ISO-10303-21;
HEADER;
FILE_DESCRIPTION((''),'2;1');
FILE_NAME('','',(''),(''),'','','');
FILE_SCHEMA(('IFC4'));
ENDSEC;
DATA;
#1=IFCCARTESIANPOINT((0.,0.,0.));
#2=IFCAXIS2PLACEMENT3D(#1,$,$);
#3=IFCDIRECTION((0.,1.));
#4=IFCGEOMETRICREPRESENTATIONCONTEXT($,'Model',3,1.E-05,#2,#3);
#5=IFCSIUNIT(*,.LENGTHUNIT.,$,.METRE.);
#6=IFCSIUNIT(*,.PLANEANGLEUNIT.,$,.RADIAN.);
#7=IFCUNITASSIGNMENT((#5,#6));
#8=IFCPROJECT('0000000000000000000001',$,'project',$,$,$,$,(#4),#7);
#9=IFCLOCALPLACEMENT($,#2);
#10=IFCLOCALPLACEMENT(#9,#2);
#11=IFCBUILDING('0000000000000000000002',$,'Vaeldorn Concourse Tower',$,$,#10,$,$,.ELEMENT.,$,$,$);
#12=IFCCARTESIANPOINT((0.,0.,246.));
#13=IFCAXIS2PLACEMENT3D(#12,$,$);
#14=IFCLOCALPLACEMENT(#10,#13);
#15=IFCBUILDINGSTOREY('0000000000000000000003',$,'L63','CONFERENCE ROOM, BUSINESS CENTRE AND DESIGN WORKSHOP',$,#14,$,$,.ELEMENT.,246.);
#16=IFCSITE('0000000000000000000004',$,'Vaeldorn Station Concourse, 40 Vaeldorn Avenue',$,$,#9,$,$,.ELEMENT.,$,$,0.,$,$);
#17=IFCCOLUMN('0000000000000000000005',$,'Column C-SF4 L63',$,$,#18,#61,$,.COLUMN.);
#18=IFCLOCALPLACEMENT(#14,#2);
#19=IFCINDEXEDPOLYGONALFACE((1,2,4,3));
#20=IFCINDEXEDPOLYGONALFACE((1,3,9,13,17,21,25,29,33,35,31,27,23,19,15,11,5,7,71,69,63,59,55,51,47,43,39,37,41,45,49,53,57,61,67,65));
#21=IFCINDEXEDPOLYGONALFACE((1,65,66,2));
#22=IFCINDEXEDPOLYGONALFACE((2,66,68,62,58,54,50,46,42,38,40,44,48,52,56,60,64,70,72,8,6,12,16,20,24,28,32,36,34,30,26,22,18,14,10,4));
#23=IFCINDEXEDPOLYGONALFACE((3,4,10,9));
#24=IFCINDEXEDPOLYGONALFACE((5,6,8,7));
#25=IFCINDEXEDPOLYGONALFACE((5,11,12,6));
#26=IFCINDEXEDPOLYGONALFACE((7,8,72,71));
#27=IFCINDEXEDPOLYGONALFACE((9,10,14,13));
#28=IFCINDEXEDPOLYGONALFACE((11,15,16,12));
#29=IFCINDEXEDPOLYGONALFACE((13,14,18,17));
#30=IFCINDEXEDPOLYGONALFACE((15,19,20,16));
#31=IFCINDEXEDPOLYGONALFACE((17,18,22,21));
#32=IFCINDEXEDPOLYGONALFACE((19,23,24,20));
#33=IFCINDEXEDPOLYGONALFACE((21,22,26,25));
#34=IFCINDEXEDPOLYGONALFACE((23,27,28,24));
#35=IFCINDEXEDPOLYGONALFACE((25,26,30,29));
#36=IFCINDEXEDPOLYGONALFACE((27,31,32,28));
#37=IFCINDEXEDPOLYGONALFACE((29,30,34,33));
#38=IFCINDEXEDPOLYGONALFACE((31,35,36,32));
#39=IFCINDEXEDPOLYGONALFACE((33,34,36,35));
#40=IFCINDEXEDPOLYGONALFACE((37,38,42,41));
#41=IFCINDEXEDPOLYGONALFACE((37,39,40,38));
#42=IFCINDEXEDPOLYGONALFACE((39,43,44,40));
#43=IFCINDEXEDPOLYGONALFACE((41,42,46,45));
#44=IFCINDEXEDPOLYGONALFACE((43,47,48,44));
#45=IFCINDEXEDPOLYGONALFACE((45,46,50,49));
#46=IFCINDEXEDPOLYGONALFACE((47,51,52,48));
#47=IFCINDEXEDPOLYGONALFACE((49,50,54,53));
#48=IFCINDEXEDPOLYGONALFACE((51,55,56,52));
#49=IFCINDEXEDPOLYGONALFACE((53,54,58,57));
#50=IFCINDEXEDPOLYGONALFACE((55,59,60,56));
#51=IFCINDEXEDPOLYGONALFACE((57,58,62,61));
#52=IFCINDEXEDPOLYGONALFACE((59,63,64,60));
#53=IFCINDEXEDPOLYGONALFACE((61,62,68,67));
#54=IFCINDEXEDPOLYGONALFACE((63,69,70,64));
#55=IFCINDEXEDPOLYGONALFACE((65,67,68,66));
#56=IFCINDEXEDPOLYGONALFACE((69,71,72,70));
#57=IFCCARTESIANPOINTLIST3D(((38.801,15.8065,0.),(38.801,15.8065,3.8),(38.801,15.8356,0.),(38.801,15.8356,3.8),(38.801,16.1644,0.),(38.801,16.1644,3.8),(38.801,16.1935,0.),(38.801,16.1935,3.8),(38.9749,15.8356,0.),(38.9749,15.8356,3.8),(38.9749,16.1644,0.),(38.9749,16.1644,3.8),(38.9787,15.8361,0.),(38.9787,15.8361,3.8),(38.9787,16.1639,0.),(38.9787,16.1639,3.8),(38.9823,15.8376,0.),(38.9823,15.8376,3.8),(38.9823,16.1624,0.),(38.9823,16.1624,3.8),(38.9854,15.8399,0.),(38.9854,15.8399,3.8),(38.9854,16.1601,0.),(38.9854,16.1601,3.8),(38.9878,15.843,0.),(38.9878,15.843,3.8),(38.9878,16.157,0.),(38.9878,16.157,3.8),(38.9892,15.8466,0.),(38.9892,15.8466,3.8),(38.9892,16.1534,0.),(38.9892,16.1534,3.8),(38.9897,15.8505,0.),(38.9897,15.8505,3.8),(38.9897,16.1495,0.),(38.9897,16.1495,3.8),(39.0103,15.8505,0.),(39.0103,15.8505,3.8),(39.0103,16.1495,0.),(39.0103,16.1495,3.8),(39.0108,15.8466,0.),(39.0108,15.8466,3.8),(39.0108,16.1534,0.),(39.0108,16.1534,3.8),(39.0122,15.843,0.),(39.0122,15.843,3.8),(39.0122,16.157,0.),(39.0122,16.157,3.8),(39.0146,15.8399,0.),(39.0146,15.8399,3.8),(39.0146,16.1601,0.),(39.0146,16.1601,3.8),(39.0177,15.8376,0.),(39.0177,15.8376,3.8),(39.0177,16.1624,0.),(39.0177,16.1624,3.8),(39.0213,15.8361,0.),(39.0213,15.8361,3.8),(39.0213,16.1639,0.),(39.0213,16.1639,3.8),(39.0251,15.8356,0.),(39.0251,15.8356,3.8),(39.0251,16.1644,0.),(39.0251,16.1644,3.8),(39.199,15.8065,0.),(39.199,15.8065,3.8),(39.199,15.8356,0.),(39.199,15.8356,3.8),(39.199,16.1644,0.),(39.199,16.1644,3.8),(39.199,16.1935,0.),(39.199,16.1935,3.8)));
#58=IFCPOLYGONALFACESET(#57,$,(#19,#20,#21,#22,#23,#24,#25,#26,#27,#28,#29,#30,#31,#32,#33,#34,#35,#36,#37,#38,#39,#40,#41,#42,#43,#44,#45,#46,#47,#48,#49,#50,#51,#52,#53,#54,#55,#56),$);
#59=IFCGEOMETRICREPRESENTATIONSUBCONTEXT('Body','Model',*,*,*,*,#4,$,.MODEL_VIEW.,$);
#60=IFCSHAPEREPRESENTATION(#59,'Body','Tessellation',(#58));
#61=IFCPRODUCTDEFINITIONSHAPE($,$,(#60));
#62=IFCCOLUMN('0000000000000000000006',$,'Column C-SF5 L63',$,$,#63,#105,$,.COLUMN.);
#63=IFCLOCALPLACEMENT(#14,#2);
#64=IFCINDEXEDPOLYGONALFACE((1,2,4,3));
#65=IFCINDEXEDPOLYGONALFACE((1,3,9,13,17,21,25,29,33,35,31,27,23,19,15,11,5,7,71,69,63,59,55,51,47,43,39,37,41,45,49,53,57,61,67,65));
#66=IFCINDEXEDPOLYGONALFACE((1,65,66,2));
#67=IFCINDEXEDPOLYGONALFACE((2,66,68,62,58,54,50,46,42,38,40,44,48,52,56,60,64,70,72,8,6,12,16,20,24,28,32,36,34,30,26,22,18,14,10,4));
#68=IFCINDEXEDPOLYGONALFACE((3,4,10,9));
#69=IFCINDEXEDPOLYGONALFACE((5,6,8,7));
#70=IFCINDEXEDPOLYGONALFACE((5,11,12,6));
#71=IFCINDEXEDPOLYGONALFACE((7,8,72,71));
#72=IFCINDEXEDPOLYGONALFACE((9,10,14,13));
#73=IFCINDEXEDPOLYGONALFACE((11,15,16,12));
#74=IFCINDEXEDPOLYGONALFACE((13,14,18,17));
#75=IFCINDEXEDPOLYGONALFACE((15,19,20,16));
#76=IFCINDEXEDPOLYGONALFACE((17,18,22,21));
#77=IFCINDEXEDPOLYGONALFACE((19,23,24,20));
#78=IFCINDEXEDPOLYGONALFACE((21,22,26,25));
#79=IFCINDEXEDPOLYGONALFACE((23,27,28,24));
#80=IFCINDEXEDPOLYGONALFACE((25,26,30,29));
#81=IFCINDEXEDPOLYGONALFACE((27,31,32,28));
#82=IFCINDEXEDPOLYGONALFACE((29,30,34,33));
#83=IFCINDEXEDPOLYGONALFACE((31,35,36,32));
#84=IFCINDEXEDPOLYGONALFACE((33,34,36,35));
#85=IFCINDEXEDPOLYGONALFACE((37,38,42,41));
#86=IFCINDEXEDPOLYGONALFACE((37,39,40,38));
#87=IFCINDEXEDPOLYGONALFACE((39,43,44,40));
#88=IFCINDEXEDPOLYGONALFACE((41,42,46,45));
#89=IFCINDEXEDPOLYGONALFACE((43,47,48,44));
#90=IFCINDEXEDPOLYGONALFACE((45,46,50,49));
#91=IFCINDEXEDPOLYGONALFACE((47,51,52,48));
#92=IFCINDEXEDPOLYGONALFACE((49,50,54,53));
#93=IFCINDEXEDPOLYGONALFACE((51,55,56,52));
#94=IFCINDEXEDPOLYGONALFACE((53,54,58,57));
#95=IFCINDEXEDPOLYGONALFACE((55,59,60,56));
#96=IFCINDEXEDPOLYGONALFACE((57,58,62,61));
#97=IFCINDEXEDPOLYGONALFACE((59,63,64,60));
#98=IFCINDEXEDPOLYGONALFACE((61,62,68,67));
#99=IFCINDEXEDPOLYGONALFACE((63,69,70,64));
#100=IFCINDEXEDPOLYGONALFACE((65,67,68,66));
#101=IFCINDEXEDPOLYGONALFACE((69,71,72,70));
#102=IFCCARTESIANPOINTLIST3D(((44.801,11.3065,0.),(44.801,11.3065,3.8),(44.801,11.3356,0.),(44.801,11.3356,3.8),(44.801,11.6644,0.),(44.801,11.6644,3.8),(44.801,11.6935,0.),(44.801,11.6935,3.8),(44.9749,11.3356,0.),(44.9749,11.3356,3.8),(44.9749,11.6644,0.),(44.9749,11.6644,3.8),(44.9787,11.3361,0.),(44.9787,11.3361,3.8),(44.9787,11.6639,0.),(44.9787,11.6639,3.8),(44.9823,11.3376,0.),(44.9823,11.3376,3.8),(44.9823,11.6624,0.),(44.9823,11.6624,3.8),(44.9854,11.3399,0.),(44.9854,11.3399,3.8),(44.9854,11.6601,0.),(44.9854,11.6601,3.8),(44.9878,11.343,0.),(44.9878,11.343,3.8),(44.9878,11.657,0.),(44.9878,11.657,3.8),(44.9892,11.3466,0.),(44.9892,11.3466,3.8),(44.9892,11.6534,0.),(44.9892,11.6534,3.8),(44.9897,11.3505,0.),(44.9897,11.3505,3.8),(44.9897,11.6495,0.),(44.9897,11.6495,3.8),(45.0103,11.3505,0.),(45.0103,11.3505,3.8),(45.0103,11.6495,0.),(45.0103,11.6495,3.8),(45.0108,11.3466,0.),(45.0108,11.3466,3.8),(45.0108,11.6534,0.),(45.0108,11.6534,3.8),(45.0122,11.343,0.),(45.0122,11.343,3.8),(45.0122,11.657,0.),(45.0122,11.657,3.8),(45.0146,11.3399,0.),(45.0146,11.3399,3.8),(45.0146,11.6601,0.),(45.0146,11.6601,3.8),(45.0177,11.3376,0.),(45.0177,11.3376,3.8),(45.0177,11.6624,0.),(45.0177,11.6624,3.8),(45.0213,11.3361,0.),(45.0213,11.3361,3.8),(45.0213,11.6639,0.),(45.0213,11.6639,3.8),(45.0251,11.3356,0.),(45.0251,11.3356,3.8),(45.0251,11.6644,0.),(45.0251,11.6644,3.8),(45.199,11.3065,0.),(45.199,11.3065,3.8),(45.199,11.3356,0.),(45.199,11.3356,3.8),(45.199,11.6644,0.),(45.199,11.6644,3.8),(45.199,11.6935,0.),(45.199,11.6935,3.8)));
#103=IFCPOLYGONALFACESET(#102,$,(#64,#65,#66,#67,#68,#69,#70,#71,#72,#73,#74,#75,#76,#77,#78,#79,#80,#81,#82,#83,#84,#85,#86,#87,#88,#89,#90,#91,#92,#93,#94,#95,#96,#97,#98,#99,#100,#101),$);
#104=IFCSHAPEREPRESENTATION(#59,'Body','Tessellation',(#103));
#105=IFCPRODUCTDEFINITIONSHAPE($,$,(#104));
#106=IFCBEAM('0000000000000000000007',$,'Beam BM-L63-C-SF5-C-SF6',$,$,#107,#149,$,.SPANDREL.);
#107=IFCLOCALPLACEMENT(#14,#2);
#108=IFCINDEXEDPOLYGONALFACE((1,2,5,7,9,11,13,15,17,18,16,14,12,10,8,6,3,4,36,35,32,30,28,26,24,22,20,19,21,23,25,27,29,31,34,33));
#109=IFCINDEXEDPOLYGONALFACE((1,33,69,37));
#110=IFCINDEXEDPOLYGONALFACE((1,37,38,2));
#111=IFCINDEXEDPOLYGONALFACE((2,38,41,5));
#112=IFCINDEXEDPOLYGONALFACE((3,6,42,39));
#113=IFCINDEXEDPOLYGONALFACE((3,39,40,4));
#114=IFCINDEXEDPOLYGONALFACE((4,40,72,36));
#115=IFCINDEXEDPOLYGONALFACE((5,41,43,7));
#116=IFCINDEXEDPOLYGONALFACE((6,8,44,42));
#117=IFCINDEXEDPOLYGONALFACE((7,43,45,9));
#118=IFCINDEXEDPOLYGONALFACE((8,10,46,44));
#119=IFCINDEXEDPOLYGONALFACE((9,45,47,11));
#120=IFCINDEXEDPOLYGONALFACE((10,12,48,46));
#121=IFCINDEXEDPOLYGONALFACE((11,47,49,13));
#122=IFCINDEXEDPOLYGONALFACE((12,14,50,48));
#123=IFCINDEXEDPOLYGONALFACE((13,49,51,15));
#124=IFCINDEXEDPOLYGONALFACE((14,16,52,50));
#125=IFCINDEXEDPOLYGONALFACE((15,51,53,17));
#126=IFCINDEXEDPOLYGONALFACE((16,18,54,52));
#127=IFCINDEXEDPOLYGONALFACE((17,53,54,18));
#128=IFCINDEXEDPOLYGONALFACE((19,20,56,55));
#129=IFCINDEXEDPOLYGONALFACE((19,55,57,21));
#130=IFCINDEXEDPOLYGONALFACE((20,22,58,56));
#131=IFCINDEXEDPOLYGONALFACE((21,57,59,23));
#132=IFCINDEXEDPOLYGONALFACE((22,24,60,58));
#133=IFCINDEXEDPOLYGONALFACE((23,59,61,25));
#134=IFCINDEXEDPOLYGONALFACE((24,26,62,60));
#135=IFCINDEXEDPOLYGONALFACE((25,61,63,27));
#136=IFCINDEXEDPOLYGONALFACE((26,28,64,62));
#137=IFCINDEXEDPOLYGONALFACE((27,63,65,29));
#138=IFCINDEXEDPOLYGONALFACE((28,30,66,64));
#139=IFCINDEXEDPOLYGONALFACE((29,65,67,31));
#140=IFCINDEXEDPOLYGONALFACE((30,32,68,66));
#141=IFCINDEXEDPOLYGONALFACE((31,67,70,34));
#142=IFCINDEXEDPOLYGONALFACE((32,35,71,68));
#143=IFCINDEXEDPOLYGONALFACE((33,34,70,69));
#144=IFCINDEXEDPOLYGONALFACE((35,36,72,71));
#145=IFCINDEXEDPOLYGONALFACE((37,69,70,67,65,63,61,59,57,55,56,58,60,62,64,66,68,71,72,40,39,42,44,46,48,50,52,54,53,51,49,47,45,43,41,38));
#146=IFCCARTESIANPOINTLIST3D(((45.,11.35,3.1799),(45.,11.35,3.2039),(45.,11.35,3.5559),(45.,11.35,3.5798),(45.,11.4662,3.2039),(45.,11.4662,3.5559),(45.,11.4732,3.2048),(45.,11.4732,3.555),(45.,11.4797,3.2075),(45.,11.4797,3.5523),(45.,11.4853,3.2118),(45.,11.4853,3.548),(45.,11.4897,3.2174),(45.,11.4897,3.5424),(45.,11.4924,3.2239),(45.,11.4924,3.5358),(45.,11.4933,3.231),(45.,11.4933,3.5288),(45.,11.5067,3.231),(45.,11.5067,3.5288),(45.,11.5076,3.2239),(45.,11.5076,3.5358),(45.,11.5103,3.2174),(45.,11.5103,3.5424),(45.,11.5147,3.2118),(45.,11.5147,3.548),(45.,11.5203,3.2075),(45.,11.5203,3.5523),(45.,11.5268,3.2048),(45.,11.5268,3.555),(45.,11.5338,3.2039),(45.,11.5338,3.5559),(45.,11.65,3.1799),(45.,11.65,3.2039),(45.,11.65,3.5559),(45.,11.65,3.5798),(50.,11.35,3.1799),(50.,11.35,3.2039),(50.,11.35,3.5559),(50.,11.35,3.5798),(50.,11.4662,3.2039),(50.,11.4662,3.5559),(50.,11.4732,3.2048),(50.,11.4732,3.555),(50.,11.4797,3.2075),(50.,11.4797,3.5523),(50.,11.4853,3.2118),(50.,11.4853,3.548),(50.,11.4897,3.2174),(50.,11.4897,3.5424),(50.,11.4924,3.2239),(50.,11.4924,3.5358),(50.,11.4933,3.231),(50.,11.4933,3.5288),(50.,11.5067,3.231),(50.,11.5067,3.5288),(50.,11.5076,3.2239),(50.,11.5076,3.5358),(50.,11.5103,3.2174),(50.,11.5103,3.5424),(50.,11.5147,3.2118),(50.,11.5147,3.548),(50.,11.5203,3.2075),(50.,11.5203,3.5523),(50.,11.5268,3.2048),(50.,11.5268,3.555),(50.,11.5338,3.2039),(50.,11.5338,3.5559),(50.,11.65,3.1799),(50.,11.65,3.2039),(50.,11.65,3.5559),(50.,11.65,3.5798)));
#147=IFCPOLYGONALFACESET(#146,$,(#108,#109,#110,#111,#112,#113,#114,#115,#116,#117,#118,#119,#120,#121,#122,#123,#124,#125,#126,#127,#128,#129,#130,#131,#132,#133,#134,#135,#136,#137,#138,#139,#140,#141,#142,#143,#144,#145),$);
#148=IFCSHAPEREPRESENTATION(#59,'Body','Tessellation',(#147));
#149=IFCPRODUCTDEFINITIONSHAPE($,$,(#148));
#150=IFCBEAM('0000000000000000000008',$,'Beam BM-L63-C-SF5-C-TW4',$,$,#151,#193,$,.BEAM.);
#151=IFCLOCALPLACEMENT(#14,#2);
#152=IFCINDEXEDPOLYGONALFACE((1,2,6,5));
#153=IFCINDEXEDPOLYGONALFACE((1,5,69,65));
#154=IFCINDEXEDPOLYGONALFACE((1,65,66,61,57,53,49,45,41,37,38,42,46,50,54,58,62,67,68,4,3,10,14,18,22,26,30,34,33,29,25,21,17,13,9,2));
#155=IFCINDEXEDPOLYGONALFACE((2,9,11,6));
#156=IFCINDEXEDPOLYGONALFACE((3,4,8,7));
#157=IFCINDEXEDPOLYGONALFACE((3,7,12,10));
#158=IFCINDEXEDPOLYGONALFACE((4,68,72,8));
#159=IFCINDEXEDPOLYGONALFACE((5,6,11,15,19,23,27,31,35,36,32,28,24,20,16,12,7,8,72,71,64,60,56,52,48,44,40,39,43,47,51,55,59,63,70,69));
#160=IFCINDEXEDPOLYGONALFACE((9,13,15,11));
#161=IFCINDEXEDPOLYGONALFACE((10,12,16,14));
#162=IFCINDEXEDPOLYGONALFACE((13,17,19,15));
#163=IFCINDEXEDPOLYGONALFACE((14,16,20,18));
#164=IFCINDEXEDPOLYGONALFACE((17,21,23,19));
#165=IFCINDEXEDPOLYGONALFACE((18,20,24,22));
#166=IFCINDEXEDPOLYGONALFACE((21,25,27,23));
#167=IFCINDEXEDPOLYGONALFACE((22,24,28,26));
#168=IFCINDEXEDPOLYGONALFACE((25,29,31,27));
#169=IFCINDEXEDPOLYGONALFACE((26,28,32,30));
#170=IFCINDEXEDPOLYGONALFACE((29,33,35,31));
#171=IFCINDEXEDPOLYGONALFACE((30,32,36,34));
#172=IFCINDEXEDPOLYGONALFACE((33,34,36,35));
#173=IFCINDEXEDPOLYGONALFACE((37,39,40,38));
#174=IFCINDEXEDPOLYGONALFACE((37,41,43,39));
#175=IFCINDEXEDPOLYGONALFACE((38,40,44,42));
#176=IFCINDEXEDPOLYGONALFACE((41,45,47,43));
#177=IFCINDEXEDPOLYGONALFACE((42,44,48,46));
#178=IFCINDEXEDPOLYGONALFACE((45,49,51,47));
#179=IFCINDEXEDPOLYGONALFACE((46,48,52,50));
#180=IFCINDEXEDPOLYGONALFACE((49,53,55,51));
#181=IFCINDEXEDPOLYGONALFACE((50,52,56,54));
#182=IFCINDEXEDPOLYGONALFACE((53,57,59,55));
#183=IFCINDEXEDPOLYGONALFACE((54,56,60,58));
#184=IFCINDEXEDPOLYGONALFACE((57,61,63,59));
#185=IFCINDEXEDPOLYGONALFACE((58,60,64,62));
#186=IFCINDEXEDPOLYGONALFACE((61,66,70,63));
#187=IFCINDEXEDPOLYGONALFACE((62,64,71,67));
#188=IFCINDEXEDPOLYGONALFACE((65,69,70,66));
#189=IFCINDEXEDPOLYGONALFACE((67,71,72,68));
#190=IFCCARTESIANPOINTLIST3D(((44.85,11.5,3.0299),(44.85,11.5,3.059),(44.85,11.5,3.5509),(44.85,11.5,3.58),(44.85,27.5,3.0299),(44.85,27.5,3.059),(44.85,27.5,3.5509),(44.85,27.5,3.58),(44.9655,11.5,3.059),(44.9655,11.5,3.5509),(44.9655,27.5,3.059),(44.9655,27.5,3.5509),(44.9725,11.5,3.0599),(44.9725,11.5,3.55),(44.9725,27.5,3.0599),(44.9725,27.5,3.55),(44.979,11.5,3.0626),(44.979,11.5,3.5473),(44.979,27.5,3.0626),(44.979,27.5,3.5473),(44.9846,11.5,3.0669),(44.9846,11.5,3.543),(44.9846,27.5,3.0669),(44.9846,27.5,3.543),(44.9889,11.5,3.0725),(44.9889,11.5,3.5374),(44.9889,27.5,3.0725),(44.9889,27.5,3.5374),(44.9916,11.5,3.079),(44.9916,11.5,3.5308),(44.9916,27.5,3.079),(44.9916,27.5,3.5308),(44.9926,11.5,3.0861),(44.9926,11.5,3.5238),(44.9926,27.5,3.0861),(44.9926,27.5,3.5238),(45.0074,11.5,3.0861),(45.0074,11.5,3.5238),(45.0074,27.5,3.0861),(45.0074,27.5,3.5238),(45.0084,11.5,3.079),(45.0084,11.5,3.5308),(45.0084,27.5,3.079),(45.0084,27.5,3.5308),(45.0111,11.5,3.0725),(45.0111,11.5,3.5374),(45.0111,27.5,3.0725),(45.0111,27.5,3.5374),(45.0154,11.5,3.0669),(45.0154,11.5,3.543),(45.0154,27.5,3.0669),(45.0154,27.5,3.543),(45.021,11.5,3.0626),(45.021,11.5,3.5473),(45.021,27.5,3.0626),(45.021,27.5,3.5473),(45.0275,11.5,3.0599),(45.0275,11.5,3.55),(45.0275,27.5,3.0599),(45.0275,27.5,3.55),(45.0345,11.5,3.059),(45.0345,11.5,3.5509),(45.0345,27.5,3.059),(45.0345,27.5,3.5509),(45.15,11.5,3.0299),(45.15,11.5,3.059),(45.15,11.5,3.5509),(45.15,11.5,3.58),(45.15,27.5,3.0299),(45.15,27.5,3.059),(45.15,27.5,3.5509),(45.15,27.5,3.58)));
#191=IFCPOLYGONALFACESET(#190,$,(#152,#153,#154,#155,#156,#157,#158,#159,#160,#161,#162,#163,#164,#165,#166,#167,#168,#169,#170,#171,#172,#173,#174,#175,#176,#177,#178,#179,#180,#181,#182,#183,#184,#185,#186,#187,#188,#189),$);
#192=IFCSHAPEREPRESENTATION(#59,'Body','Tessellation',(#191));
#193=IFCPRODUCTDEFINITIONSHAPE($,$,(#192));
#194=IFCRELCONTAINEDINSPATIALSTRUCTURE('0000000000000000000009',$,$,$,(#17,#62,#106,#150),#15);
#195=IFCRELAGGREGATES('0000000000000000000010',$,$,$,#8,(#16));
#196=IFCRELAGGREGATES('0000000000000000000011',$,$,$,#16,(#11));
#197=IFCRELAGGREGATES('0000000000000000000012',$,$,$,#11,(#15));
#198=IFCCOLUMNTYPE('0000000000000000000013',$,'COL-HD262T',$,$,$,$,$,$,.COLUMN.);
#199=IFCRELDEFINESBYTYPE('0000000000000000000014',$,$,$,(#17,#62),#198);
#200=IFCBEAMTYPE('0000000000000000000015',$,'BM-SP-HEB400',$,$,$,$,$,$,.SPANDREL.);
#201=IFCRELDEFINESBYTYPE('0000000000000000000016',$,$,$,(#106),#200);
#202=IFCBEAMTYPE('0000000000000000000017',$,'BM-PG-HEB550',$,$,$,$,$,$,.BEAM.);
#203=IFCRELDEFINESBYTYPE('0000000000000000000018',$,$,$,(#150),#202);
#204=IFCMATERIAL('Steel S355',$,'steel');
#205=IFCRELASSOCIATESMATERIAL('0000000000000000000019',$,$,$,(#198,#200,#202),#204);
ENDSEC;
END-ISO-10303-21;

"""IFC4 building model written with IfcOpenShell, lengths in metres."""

from ifc_helpers import new_model, si_unit, direction, frame, origin, origin_2d, place, context, subcontext, project, spatial, i_section, extrude, source, transform, mapped, material, material_profile, profile_set, type_object, element, save


model = new_model("IFC4")

# Units and contexts
model_context = context("Model", 3, precision=1e-05, world=origin(), true_north=direction((0.0, 1.0)))
body_context = subcontext(model_context, "Body", "Model", "MODEL_VIEW")
ifc_project = project(units=[si_unit("LENGTHUNIT", "METRE"), si_unit("PLANEANGLEUNIT", "RADIAN")], contexts=[model_context])

# Site, building, storey
site_placement = place(None, origin())
site = spatial("IfcSite", under=ifc_project, at=site_placement, Name="Vaeldorn Station Concourse, 40 Vaeldorn Avenue", CompositionType="ELEMENT", RefElevation=0.0)
building_placement = place(site_placement, origin())
building = spatial("IfcBuilding", under=site, at=building_placement, Name="Vaeldorn Concourse Tower", CompositionType="ELEMENT")
storey_placement = place(building_placement, frame((0.0, 0.0, 246.0)))
storey = spatial("IfcBuildingStorey", under=building, at=storey_placement, Name="L63", Description="CONFERENCE ROOM, BUSINESS CENTRE AND DESIGN WORKSHOP", CompositionType="ELEMENT", Elevation=246.0)

# Columns
ifc_material_1 = material(Name="Steel S355", Category="steel")
ifc_material_profile_1 = material_profile(ifc_material_1, i_section(OverallWidth=0.3979, OverallDepth=0.387, WebThickness=0.0205, FlangeThickness=0.0291, FilletRadius=0.0149, at=origin_2d()), Name="HD 400x262")
ifc_profile_set_1 = profile_set([ifc_material_profile_1], Name="Steel S355")
column_type = type_object("IfcColumnType", Name="COL-HD262T", PredefinedType="COLUMN", material=ifc_profile_set_1)
shared_shape_1 = source(origin(), body_context, "Body", "SweptSolid", [
    extrude(i_section(OverallWidth=0.3979, OverallDepth=0.387, WebThickness=0.0205, FlangeThickness=0.0291, FilletRadius=0.0149, at=origin_2d()), origin(), (0.0, 0.0, 1.0), 3.8),
])
for number, where, z_axis, x_axis, name in (
    (1, (39.0, 16.0, 0.0), (0.0, 0.0, 1.0), (1.0, 0.0, 0.0), "Column C-SF4 L63"),
    (2, (45.0, 11.5, 0.0), (0.0, 0.0, 1.0), (1.0, 0.0, 0.0), "Column C-SF5 L63"),
):
    element("IfcColumn", number, at=place(storey_placement, frame(where, z_axis=z_axis, x_axis=x_axis)), inside=storey, type_object=column_type, Name=name, PredefinedType="COLUMN", context=body_context, shape_type="MappedRepresentation", body=[
        mapped(shared_shape_1, transform((0.0, 0.0, 0.0), scale=1.0)),
    ])

# Beams
ifc_material_profile_2 = material_profile(ifc_material_1, i_section(OverallWidth=0.3, OverallDepth=0.3999, WebThickness=0.0134, FlangeThickness=0.0239, FilletRadius=0.0271, at=origin_2d()), Name="HEB 400")
ifc_profile_set_2 = profile_set([ifc_material_profile_2], Name="Steel S355")
beam_type_1 = type_object("IfcBeamType", Name="BM-SP-HEB400", PredefinedType="SPANDREL", material=ifc_profile_set_2)
shared_shape_2 = source(origin(), body_context, "Body", "SweptSolid", [
    extrude(i_section(OverallWidth=0.3, OverallDepth=0.3999, WebThickness=0.0134, FlangeThickness=0.0239, FilletRadius=0.0271, at=origin_2d()), origin(), (0.0, 0.0, 1.0), 5.0),
])
beam_1_placement = place(storey_placement, frame((45.0, 11.5, 3.3799), z_axis=(1.0, 0.0, 0.0), x_axis=(0.0, 1.0, 0.0)))
element("IfcBeam", 3, at=beam_1_placement, inside=storey, type_object=beam_type_1, Name="Beam BM-L63-C-SF5-C-SF6", PredefinedType="SPANDREL", context=body_context, shape_type="MappedRepresentation", body=[
    mapped(shared_shape_2, transform((0.0, 0.0, 0.0), scale=1.0)),
])
ifc_material_profile_3 = material_profile(ifc_material_1, i_section(OverallWidth=0.3, OverallDepth=0.55, WebThickness=0.0149, FlangeThickness=0.0291, FilletRadius=0.0271, at=origin_2d()), Name="HEB 550")
ifc_profile_set_3 = profile_set([ifc_material_profile_3], Name="Steel S355")
beam_type_2 = type_object("IfcBeamType", Name="BM-PG-HEB550", PredefinedType="BEAM", material=ifc_profile_set_3)
shared_shape_3 = source(origin(), body_context, "Body", "SweptSolid", [
    extrude(i_section(OverallWidth=0.3, OverallDepth=0.55, WebThickness=0.0149, FlangeThickness=0.0291, FilletRadius=0.0271, at=origin_2d()), origin(), (0.0, 0.0, 1.0), 16.0),
])
beam_2_placement = place(storey_placement, frame((45.0, 11.5, 3.3049), z_axis=(0.0, 1.0, 0.0), x_axis=(-1.0, 0.0, 0.0)))
element("IfcBeam", 4, at=beam_2_placement, inside=storey, type_object=beam_type_2, Name="Beam BM-L63-C-SF5-C-TW4", PredefinedType="BEAM", context=body_context, shape_type="MappedRepresentation", body=[
    mapped(shared_shape_3, transform((0.0, 0.0, 0.0), scale=1.0)),
])

save(model, "model.ifc")
